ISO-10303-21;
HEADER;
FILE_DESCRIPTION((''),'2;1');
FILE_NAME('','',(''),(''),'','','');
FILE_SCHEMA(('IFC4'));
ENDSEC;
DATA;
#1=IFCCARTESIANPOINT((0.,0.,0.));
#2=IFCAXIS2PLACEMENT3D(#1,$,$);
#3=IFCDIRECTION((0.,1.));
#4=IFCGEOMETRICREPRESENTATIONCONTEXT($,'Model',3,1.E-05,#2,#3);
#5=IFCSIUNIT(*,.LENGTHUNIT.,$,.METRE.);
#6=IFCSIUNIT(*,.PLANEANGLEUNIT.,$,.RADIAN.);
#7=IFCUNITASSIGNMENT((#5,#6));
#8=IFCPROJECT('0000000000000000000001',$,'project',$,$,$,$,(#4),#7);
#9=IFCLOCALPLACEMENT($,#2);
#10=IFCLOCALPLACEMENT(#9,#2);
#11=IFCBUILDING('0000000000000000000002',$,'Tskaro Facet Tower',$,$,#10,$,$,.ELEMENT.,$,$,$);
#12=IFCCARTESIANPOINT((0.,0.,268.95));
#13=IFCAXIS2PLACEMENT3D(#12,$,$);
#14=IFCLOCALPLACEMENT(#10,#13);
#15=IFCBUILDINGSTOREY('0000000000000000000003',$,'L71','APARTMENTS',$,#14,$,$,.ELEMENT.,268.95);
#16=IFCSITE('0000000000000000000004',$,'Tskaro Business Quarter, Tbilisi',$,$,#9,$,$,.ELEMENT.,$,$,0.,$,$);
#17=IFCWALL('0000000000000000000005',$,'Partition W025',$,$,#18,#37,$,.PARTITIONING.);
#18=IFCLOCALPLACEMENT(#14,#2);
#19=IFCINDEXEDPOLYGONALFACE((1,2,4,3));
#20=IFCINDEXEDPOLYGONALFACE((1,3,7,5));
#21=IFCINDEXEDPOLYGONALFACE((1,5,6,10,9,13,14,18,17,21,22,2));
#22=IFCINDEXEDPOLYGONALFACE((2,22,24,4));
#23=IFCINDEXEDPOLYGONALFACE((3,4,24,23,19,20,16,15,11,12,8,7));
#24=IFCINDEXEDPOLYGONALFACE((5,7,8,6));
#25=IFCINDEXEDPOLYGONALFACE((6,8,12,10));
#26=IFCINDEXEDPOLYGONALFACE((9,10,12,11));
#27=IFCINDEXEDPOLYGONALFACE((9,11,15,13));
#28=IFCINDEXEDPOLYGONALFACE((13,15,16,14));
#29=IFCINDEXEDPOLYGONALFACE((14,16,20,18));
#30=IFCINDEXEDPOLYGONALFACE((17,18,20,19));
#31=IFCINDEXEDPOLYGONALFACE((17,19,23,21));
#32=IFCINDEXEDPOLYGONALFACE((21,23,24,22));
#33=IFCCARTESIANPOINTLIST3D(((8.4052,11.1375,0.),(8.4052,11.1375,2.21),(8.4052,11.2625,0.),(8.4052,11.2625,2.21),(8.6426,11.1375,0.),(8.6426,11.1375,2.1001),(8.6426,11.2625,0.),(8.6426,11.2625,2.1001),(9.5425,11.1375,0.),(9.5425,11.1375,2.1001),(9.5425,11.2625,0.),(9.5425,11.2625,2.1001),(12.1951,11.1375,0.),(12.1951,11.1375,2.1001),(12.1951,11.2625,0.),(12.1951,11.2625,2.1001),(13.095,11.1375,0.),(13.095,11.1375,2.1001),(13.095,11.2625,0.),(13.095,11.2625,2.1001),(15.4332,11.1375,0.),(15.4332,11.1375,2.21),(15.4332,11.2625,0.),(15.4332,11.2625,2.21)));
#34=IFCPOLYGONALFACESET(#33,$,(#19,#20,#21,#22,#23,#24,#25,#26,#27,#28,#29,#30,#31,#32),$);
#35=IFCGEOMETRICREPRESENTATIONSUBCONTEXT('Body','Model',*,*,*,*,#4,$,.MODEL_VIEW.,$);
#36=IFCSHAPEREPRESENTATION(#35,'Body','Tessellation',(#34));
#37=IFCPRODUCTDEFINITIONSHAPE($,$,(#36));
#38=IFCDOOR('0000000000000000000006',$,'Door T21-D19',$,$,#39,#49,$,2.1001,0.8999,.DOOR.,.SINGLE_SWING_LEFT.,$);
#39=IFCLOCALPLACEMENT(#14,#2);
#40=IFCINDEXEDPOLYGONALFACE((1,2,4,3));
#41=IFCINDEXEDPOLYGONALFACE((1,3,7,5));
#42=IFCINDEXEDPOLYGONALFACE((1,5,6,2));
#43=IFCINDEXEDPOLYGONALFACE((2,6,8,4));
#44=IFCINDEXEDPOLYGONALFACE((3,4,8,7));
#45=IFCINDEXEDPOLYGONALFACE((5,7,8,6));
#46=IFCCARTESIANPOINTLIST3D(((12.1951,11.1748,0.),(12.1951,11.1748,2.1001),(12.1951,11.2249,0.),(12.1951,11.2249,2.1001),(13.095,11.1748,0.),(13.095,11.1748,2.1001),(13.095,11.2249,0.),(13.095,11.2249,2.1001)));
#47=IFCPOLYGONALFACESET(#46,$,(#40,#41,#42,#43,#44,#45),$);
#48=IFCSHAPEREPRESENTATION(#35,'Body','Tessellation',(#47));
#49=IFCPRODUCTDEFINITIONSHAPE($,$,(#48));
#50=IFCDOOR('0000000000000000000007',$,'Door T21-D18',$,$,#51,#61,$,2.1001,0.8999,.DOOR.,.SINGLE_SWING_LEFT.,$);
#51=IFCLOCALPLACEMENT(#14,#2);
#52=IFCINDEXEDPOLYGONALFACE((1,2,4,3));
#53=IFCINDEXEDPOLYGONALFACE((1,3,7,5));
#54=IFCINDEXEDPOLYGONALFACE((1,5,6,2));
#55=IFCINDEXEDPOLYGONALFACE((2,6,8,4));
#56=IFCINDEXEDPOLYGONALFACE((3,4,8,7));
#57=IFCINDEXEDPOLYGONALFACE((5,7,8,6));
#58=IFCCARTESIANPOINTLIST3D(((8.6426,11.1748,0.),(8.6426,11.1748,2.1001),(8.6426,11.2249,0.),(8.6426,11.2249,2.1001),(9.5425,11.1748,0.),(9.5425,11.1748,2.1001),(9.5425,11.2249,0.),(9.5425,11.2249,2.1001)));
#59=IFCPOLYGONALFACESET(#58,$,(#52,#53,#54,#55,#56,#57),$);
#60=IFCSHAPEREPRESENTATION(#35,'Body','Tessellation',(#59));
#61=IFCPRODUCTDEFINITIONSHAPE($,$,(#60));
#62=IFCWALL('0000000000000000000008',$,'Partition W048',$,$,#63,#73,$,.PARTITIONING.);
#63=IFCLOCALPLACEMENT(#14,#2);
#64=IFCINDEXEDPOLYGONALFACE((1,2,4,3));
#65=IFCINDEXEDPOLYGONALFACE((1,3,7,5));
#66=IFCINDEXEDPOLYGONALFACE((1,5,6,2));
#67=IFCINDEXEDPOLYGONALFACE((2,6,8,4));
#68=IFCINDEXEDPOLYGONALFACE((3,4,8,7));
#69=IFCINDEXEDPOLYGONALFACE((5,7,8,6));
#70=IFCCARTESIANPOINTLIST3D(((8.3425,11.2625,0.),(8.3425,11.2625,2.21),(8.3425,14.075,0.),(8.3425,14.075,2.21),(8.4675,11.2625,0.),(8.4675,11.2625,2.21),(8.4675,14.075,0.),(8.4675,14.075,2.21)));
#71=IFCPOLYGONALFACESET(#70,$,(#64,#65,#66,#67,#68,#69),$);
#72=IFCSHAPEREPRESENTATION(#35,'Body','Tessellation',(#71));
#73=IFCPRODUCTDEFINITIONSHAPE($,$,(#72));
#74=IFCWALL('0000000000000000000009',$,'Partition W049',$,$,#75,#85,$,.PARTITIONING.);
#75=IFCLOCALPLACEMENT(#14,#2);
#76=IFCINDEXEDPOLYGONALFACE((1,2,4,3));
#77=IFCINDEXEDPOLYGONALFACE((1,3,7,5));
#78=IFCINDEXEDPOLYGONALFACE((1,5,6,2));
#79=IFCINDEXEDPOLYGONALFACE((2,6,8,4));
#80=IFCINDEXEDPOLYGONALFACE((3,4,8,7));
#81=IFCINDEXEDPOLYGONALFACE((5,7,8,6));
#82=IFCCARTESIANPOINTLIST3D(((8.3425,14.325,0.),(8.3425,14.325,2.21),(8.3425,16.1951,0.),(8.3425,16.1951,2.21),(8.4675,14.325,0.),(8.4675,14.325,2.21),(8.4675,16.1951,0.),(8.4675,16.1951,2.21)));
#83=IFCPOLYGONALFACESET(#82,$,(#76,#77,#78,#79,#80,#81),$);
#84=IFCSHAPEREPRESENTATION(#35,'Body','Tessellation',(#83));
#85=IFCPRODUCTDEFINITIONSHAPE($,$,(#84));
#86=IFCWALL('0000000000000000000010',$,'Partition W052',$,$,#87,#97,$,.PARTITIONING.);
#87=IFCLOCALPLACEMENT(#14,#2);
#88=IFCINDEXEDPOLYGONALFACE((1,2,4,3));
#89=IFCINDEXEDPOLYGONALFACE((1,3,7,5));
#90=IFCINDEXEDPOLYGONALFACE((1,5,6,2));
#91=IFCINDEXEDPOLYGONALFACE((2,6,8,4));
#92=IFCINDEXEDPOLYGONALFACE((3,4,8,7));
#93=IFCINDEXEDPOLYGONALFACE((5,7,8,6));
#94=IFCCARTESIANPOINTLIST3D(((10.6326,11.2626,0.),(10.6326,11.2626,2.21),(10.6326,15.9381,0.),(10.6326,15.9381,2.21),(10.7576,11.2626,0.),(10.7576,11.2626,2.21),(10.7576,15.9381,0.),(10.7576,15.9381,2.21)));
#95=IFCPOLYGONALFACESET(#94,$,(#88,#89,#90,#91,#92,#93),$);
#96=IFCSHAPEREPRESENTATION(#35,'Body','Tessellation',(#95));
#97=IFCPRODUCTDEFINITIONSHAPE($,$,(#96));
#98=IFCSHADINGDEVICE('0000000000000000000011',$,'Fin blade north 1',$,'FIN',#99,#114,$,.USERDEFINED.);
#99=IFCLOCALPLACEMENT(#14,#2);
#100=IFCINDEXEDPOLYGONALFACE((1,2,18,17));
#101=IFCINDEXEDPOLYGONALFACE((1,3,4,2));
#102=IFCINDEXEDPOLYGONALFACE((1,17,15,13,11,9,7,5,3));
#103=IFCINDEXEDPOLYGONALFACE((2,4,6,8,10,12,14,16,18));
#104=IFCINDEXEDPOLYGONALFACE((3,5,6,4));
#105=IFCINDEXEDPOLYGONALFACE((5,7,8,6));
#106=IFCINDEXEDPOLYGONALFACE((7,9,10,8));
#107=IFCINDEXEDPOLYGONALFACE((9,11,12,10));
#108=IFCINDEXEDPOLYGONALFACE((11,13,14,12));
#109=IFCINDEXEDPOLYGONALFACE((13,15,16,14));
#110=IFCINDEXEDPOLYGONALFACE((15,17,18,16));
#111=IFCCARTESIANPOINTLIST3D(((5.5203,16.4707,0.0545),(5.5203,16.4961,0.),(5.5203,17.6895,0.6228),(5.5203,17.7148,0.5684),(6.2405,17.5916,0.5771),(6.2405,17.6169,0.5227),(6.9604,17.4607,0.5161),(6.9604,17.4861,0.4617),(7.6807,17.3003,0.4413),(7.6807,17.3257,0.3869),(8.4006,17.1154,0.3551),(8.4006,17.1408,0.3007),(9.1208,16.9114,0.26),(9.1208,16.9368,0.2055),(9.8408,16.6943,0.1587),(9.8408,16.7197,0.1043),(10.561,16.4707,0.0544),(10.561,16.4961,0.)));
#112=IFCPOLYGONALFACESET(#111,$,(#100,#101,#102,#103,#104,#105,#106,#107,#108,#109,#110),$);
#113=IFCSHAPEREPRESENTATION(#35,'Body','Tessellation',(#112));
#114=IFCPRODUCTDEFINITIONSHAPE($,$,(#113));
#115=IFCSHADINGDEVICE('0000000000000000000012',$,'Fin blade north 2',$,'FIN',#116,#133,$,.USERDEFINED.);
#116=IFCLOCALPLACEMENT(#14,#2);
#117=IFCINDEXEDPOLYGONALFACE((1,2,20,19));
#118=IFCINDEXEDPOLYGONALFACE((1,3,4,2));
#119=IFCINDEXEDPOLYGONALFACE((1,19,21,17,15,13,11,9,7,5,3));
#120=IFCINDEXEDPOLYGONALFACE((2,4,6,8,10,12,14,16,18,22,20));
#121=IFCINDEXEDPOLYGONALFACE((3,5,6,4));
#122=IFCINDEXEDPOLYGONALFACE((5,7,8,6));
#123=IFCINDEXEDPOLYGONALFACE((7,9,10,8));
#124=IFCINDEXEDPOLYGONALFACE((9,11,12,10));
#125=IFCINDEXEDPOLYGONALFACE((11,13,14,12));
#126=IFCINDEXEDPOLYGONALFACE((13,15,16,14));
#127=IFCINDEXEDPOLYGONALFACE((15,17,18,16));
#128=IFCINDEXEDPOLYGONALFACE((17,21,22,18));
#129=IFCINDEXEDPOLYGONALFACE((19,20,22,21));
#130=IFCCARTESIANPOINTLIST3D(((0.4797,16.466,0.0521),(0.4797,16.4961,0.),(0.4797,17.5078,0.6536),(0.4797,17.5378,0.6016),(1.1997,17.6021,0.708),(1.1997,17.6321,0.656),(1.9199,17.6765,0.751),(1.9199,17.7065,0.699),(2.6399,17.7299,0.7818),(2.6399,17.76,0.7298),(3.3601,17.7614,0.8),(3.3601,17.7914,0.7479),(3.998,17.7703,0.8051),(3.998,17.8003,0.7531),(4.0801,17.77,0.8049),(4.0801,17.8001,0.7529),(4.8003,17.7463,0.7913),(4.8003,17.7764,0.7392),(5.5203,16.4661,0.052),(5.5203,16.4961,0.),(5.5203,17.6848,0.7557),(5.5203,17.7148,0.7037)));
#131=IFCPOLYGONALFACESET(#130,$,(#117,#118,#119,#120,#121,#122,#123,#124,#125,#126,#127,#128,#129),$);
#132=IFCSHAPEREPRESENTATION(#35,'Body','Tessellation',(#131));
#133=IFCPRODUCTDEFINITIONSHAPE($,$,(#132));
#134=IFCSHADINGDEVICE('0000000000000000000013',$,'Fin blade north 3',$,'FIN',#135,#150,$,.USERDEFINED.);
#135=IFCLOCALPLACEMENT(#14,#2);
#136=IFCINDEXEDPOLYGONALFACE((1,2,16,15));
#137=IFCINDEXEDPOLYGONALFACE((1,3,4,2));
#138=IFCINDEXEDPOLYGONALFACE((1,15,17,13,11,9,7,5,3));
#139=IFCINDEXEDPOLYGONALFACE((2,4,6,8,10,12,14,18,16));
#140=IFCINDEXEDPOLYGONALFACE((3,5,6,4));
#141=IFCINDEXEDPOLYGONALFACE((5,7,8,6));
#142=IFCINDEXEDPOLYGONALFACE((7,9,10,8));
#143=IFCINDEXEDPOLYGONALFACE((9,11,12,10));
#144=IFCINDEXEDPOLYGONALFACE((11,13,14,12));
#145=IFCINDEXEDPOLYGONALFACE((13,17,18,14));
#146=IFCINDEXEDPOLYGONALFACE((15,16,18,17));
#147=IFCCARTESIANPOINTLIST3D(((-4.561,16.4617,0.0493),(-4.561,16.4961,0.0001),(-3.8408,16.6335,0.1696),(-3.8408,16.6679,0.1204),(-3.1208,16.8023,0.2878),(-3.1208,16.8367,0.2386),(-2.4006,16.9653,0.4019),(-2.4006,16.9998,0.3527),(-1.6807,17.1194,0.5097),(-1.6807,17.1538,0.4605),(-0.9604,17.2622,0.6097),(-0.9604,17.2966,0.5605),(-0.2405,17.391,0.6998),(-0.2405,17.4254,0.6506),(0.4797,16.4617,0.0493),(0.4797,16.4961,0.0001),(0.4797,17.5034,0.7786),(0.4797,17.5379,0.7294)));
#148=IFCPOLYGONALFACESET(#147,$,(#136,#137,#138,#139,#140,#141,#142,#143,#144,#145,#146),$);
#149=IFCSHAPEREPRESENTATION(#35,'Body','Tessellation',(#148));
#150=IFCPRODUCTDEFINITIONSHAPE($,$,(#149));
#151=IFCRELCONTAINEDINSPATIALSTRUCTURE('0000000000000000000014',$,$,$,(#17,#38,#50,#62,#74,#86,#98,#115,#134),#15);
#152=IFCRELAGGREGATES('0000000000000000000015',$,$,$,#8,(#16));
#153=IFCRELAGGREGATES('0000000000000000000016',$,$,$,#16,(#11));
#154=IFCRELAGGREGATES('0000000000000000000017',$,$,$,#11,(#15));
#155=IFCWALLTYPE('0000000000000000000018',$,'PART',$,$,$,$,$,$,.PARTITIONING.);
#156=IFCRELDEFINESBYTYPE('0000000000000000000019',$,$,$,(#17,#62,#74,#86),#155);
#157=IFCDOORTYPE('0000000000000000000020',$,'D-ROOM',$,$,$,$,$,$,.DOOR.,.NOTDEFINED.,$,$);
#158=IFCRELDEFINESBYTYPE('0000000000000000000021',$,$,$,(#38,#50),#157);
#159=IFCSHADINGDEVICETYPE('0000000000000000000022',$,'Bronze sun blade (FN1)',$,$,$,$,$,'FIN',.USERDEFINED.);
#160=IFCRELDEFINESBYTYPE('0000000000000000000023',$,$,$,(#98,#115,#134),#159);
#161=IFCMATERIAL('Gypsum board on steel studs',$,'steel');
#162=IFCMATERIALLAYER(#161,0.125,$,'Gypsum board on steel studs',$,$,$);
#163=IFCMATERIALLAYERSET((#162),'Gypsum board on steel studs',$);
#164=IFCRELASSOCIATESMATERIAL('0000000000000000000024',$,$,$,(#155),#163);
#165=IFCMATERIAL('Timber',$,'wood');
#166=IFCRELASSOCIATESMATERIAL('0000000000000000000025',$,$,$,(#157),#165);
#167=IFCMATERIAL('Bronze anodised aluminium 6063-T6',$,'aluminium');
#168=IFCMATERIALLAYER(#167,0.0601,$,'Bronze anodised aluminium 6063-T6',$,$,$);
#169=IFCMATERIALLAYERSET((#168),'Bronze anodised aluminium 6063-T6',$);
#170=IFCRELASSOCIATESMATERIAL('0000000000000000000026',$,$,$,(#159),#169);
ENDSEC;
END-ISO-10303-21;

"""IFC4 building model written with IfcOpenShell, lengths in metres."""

from ifc_helpers import new_model, si_unit, direction, frame, frame_2d, origin, place, context, subcontext, project, spatial, polyline, rectangle, outline, extrude, material, layer, layer_set, type_object, element, fill, save


model = new_model("IFC4")

# Units and contexts
model_context = context("Model", 3, precision=1e-05, world=origin(), true_north=direction((0.0, 1.0)))
body_context = subcontext(model_context, "Body", "Model", "MODEL_VIEW")
ifc_project = project(units=[si_unit("LENGTHUNIT", "METRE"), si_unit("PLANEANGLEUNIT", "RADIAN")], contexts=[model_context])

# Site, building, storey
site_placement = place(None, origin())
site = spatial("IfcSite", under=ifc_project, at=site_placement, Name="Tskaro Business Quarter, Tbilisi", CompositionType="ELEMENT", RefElevation=0.0)
building_placement = place(site_placement, origin())
building = spatial("IfcBuilding", under=site, at=building_placement, Name="Tskaro Facet Tower", CompositionType="ELEMENT")
storey_placement = place(building_placement, frame((0.0, 0.0, 268.95)))
storey = spatial("IfcBuildingStorey", under=building, at=storey_placement, Name="L71", Description="APARTMENTS", CompositionType="ELEMENT", Elevation=268.95)

# Shared definitions
ifc_material_1 = material(Name="Bronze anodised aluminium 6063-T6", Category="aluminium")

# Wall, openings, doors
ifc_material_2 = material(Name="Gypsum board on steel studs", Category="steel")
ifc_layer_1 = layer(ifc_material_2, 0.125, Name="Gypsum board on steel studs")
ifc_layer_set_1 = layer_set([ifc_layer_1], Name="Gypsum board on steel studs")
wall_type = type_object("IfcWallType", Name="PART", PredefinedType="PARTITIONING", material=ifc_layer_set_1)
wall_1_placement = place(storey_placement, frame((8.405, 11.2, 0.0), z_axis=(0.0, 0.0, 1.0), x_axis=(1.0, 0.0, 0.0)))
wall_1 = element("IfcWall", 1, at=wall_1_placement, inside=storey, type_object=wall_type, Name="Partition W025", PredefinedType="PARTITIONING", context=body_context, shape_type="SweptSolid", body=[
    extrude(rectangle(XDim=7.0281, YDim=0.125, at=frame_2d((3.5142, 0.0))), origin(), (0.0, 0.0, 1.0), 2.21),
])
opening_1_placement = place(wall_1_placement, frame((3.79, 0.0, 0.0)))
opening_1 = element("IfcOpeningElement", 2, at=opening_1_placement, cuts=wall_1, PredefinedType="OPENING", context=body_context, shape_type="SweptSolid", body=[
    extrude(rectangle(XDim=0.8999, YDim=2.1001, at=frame_2d((0.45, 1.05))), frame((0.0, 0.0725, 0.0), z_axis=(0.0, -1.0, 0.0), x_axis=(1.0, 0.0, 0.0)), (0.0, 0.0, 1.0), 0.145),
])
opening_2_placement = place(wall_1_placement, frame((0.2375, 0.0, 0.0)))
opening_2 = element("IfcOpeningElement", 3, at=opening_2_placement, cuts=wall_1, PredefinedType="OPENING", context=body_context, shape_type="SweptSolid", body=[
    extrude(rectangle(XDim=0.8999, YDim=2.1001, at=frame_2d((0.45, 1.05))), frame((0.0, 0.0725, 0.0), z_axis=(0.0, -1.0, 0.0), x_axis=(1.0, 0.0, 0.0)), (0.0, 0.0, 1.0), 0.145),
])
ifc_material_3 = material(Name="Timber", Category="wood")
door_type = type_object("IfcDoorType", Name="D-ROOM", OperationType="NOTDEFINED", PredefinedType="DOOR", material=ifc_material_3)
door_1_placement = place(opening_1_placement, origin())
door_1 = element("IfcDoor", 4, at=door_1_placement, inside=storey, type_object=door_type, Name="Door T21-D19", OperationType="SINGLE_SWING_LEFT", OverallHeight=2.1001, OverallWidth=0.8999, PredefinedType="DOOR", context=body_context, shape_type="SweptSolid", body=[
    extrude(rectangle(XDim=0.8999, YDim=2.1001, at=frame_2d((0.45, 1.05))), frame((0.0, 0.0249, 0.0), z_axis=(0.0, -1.0, 0.0), x_axis=(1.0, 0.0, 0.0)), (0.0, 0.0, 1.0), 0.05),
])
fill(opening_1, door_1)
door_2_placement = place(opening_2_placement, origin())
door_2 = element("IfcDoor", 5, at=door_2_placement, inside=storey, type_object=door_type, Name="Door T21-D18", OperationType="SINGLE_SWING_LEFT", OverallHeight=2.1001, OverallWidth=0.8999, PredefinedType="DOOR", context=body_context, shape_type="SweptSolid", body=[
    extrude(rectangle(XDim=0.8999, YDim=2.1001, at=frame_2d((0.45, 1.05))), frame((0.0, 0.0249, 0.0), z_axis=(0.0, -1.0, 0.0), x_axis=(1.0, 0.0, 0.0)), (0.0, 0.0, 1.0), 0.05),
])
fill(opening_2, door_2)

# Walls
wall_2_placement = place(storey_placement, frame((8.405, 11.2625, 0.0), z_axis=(0.0, 0.0, 1.0), x_axis=(0.0, 1.0, 0.0)))
element("IfcWall", 6, at=wall_2_placement, inside=storey, type_object=wall_type, Name="Partition W048", PredefinedType="PARTITIONING", context=body_context, shape_type="SweptSolid", body=[
    extrude(rectangle(XDim=2.8125, YDim=0.125, at=frame_2d((1.4062, 0.0))), origin(), (0.0, 0.0, 1.0), 2.21),
])
wall_3_placement = place(storey_placement, frame((8.405, 14.325, 0.0), z_axis=(0.0, 0.0, 1.0), x_axis=(0.0, 1.0, 0.0)))
element("IfcWall", 7, at=wall_3_placement, inside=storey, type_object=wall_type, Name="Partition W049", PredefinedType="PARTITIONING", context=body_context, shape_type="SweptSolid", body=[
    extrude(rectangle(XDim=1.8701, YDim=0.125, at=frame_2d((0.9351, 0.0))), origin(), (0.0, 0.0, 1.0), 2.21),
])
wall_4_placement = place(storey_placement, frame((10.6951, 11.2625, 0.0), z_axis=(0.0, 0.0, 1.0), x_axis=(0.0, 1.0, 0.0)))
element("IfcWall", 8, at=wall_4_placement, inside=storey, type_object=wall_type, Name="Partition W052", PredefinedType="PARTITIONING", context=body_context, shape_type="SweptSolid", body=[
    extrude(rectangle(XDim=4.6755, YDim=0.125, at=frame_2d((2.3379, 0.0))), origin(), (0.0, 0.0, 1.0), 2.21),
])

# Shading devices
ifc_layer_2 = layer(ifc_material_1, 0.0601, Name="Bronze anodised aluminium 6063-T6")
ifc_layer_set_2 = layer_set([ifc_layer_2], Name="Bronze anodised aluminium 6063-T6")
shading_device_type = type_object("IfcShadingDeviceType", Name="Bronze sun blade (FN1)", ElementType="FIN", PredefinedType="USERDEFINED", material=ifc_layer_set_2)
shading_device_1_placement = place(storey_placement, frame((10.561, 16.4707, 0.0544), z_axis=(0.000003, -0.422639, 0.906298), x_axis=(-1.0, -0.000001, 0.000003)))
element("IfcShadingDevice", 9, at=shading_device_1_placement, inside=storey, type_object=shading_device_type, Name="Fin blade north 1", ObjectType="FIN", PredefinedType="USERDEFINED", context=body_context, shape_type="SweptSolid", body=[
    extrude(outline(polyline([(0.0, 0.0), (5.0408, 0.0), (5.0408, -1.3448), (4.3206, -1.2367), (3.6006, -1.0923), (2.8804, -0.9154), (2.1604, -0.7114), (1.4402, -0.4863), (0.7202, -0.2467), (0.0, 0.0)])), origin(), (0.0, 0.0, -1.0), 0.0601),
])
shading_device_2_placement = place(storey_placement, frame((5.5203, 16.4661, 0.052), z_axis=(0.000014, -0.500035, 0.866005), x_axis=(-1.0, -0.000007, 0.000012)))
element("IfcShadingDevice", 10, at=shading_device_2_placement, inside=storey, type_object=shading_device_type, Name="Fin blade north 2", ObjectType="FIN", PredefinedType="USERDEFINED", context=body_context, shape_type="SweptSolid", body=[
    extrude(outline(polyline([(0.0, 0.0), (5.0405, 0.0), (5.0405, -1.203), (4.3206, -1.3118), (3.6003, -1.3978), (2.8804, -1.4595), (2.1602, -1.4958), (1.5222, -1.5061), (1.4402, -1.5057), (0.72, -1.4784), (0.0, -1.4073), (0.0, 0.0)])), origin(), (0.0, 0.0, -1.0), 0.0601),
])
shading_device_3_placement = place(storey_placement, frame((0.4797, 16.4617, 0.0493), z_axis=(-0.000002, -0.573474, 0.819224), x_axis=(-1.0, 0.000001, -0.000002)))
element("IfcShadingDevice", 11, at=shading_device_3_placement, inside=storey, type_object=shading_device_type, Name="Fin blade north 3", ObjectType="FIN", PredefinedType="USERDEFINED", context=body_context, shape_type="SweptSolid", body=[
    extrude(outline(polyline([(0.0, 0.0), (5.0408, 0.0), (4.3206, -0.2097), (3.6006, -0.4158), (2.8804, -0.6148), (2.1604, -0.8029), (1.4402, -0.9771), (0.7202, -1.1343), (0.0, -1.2716), (0.0, 0.0)])), origin(), (0.0, 0.0, -1.0), 0.0601),
])

save(model, "model.ifc")
